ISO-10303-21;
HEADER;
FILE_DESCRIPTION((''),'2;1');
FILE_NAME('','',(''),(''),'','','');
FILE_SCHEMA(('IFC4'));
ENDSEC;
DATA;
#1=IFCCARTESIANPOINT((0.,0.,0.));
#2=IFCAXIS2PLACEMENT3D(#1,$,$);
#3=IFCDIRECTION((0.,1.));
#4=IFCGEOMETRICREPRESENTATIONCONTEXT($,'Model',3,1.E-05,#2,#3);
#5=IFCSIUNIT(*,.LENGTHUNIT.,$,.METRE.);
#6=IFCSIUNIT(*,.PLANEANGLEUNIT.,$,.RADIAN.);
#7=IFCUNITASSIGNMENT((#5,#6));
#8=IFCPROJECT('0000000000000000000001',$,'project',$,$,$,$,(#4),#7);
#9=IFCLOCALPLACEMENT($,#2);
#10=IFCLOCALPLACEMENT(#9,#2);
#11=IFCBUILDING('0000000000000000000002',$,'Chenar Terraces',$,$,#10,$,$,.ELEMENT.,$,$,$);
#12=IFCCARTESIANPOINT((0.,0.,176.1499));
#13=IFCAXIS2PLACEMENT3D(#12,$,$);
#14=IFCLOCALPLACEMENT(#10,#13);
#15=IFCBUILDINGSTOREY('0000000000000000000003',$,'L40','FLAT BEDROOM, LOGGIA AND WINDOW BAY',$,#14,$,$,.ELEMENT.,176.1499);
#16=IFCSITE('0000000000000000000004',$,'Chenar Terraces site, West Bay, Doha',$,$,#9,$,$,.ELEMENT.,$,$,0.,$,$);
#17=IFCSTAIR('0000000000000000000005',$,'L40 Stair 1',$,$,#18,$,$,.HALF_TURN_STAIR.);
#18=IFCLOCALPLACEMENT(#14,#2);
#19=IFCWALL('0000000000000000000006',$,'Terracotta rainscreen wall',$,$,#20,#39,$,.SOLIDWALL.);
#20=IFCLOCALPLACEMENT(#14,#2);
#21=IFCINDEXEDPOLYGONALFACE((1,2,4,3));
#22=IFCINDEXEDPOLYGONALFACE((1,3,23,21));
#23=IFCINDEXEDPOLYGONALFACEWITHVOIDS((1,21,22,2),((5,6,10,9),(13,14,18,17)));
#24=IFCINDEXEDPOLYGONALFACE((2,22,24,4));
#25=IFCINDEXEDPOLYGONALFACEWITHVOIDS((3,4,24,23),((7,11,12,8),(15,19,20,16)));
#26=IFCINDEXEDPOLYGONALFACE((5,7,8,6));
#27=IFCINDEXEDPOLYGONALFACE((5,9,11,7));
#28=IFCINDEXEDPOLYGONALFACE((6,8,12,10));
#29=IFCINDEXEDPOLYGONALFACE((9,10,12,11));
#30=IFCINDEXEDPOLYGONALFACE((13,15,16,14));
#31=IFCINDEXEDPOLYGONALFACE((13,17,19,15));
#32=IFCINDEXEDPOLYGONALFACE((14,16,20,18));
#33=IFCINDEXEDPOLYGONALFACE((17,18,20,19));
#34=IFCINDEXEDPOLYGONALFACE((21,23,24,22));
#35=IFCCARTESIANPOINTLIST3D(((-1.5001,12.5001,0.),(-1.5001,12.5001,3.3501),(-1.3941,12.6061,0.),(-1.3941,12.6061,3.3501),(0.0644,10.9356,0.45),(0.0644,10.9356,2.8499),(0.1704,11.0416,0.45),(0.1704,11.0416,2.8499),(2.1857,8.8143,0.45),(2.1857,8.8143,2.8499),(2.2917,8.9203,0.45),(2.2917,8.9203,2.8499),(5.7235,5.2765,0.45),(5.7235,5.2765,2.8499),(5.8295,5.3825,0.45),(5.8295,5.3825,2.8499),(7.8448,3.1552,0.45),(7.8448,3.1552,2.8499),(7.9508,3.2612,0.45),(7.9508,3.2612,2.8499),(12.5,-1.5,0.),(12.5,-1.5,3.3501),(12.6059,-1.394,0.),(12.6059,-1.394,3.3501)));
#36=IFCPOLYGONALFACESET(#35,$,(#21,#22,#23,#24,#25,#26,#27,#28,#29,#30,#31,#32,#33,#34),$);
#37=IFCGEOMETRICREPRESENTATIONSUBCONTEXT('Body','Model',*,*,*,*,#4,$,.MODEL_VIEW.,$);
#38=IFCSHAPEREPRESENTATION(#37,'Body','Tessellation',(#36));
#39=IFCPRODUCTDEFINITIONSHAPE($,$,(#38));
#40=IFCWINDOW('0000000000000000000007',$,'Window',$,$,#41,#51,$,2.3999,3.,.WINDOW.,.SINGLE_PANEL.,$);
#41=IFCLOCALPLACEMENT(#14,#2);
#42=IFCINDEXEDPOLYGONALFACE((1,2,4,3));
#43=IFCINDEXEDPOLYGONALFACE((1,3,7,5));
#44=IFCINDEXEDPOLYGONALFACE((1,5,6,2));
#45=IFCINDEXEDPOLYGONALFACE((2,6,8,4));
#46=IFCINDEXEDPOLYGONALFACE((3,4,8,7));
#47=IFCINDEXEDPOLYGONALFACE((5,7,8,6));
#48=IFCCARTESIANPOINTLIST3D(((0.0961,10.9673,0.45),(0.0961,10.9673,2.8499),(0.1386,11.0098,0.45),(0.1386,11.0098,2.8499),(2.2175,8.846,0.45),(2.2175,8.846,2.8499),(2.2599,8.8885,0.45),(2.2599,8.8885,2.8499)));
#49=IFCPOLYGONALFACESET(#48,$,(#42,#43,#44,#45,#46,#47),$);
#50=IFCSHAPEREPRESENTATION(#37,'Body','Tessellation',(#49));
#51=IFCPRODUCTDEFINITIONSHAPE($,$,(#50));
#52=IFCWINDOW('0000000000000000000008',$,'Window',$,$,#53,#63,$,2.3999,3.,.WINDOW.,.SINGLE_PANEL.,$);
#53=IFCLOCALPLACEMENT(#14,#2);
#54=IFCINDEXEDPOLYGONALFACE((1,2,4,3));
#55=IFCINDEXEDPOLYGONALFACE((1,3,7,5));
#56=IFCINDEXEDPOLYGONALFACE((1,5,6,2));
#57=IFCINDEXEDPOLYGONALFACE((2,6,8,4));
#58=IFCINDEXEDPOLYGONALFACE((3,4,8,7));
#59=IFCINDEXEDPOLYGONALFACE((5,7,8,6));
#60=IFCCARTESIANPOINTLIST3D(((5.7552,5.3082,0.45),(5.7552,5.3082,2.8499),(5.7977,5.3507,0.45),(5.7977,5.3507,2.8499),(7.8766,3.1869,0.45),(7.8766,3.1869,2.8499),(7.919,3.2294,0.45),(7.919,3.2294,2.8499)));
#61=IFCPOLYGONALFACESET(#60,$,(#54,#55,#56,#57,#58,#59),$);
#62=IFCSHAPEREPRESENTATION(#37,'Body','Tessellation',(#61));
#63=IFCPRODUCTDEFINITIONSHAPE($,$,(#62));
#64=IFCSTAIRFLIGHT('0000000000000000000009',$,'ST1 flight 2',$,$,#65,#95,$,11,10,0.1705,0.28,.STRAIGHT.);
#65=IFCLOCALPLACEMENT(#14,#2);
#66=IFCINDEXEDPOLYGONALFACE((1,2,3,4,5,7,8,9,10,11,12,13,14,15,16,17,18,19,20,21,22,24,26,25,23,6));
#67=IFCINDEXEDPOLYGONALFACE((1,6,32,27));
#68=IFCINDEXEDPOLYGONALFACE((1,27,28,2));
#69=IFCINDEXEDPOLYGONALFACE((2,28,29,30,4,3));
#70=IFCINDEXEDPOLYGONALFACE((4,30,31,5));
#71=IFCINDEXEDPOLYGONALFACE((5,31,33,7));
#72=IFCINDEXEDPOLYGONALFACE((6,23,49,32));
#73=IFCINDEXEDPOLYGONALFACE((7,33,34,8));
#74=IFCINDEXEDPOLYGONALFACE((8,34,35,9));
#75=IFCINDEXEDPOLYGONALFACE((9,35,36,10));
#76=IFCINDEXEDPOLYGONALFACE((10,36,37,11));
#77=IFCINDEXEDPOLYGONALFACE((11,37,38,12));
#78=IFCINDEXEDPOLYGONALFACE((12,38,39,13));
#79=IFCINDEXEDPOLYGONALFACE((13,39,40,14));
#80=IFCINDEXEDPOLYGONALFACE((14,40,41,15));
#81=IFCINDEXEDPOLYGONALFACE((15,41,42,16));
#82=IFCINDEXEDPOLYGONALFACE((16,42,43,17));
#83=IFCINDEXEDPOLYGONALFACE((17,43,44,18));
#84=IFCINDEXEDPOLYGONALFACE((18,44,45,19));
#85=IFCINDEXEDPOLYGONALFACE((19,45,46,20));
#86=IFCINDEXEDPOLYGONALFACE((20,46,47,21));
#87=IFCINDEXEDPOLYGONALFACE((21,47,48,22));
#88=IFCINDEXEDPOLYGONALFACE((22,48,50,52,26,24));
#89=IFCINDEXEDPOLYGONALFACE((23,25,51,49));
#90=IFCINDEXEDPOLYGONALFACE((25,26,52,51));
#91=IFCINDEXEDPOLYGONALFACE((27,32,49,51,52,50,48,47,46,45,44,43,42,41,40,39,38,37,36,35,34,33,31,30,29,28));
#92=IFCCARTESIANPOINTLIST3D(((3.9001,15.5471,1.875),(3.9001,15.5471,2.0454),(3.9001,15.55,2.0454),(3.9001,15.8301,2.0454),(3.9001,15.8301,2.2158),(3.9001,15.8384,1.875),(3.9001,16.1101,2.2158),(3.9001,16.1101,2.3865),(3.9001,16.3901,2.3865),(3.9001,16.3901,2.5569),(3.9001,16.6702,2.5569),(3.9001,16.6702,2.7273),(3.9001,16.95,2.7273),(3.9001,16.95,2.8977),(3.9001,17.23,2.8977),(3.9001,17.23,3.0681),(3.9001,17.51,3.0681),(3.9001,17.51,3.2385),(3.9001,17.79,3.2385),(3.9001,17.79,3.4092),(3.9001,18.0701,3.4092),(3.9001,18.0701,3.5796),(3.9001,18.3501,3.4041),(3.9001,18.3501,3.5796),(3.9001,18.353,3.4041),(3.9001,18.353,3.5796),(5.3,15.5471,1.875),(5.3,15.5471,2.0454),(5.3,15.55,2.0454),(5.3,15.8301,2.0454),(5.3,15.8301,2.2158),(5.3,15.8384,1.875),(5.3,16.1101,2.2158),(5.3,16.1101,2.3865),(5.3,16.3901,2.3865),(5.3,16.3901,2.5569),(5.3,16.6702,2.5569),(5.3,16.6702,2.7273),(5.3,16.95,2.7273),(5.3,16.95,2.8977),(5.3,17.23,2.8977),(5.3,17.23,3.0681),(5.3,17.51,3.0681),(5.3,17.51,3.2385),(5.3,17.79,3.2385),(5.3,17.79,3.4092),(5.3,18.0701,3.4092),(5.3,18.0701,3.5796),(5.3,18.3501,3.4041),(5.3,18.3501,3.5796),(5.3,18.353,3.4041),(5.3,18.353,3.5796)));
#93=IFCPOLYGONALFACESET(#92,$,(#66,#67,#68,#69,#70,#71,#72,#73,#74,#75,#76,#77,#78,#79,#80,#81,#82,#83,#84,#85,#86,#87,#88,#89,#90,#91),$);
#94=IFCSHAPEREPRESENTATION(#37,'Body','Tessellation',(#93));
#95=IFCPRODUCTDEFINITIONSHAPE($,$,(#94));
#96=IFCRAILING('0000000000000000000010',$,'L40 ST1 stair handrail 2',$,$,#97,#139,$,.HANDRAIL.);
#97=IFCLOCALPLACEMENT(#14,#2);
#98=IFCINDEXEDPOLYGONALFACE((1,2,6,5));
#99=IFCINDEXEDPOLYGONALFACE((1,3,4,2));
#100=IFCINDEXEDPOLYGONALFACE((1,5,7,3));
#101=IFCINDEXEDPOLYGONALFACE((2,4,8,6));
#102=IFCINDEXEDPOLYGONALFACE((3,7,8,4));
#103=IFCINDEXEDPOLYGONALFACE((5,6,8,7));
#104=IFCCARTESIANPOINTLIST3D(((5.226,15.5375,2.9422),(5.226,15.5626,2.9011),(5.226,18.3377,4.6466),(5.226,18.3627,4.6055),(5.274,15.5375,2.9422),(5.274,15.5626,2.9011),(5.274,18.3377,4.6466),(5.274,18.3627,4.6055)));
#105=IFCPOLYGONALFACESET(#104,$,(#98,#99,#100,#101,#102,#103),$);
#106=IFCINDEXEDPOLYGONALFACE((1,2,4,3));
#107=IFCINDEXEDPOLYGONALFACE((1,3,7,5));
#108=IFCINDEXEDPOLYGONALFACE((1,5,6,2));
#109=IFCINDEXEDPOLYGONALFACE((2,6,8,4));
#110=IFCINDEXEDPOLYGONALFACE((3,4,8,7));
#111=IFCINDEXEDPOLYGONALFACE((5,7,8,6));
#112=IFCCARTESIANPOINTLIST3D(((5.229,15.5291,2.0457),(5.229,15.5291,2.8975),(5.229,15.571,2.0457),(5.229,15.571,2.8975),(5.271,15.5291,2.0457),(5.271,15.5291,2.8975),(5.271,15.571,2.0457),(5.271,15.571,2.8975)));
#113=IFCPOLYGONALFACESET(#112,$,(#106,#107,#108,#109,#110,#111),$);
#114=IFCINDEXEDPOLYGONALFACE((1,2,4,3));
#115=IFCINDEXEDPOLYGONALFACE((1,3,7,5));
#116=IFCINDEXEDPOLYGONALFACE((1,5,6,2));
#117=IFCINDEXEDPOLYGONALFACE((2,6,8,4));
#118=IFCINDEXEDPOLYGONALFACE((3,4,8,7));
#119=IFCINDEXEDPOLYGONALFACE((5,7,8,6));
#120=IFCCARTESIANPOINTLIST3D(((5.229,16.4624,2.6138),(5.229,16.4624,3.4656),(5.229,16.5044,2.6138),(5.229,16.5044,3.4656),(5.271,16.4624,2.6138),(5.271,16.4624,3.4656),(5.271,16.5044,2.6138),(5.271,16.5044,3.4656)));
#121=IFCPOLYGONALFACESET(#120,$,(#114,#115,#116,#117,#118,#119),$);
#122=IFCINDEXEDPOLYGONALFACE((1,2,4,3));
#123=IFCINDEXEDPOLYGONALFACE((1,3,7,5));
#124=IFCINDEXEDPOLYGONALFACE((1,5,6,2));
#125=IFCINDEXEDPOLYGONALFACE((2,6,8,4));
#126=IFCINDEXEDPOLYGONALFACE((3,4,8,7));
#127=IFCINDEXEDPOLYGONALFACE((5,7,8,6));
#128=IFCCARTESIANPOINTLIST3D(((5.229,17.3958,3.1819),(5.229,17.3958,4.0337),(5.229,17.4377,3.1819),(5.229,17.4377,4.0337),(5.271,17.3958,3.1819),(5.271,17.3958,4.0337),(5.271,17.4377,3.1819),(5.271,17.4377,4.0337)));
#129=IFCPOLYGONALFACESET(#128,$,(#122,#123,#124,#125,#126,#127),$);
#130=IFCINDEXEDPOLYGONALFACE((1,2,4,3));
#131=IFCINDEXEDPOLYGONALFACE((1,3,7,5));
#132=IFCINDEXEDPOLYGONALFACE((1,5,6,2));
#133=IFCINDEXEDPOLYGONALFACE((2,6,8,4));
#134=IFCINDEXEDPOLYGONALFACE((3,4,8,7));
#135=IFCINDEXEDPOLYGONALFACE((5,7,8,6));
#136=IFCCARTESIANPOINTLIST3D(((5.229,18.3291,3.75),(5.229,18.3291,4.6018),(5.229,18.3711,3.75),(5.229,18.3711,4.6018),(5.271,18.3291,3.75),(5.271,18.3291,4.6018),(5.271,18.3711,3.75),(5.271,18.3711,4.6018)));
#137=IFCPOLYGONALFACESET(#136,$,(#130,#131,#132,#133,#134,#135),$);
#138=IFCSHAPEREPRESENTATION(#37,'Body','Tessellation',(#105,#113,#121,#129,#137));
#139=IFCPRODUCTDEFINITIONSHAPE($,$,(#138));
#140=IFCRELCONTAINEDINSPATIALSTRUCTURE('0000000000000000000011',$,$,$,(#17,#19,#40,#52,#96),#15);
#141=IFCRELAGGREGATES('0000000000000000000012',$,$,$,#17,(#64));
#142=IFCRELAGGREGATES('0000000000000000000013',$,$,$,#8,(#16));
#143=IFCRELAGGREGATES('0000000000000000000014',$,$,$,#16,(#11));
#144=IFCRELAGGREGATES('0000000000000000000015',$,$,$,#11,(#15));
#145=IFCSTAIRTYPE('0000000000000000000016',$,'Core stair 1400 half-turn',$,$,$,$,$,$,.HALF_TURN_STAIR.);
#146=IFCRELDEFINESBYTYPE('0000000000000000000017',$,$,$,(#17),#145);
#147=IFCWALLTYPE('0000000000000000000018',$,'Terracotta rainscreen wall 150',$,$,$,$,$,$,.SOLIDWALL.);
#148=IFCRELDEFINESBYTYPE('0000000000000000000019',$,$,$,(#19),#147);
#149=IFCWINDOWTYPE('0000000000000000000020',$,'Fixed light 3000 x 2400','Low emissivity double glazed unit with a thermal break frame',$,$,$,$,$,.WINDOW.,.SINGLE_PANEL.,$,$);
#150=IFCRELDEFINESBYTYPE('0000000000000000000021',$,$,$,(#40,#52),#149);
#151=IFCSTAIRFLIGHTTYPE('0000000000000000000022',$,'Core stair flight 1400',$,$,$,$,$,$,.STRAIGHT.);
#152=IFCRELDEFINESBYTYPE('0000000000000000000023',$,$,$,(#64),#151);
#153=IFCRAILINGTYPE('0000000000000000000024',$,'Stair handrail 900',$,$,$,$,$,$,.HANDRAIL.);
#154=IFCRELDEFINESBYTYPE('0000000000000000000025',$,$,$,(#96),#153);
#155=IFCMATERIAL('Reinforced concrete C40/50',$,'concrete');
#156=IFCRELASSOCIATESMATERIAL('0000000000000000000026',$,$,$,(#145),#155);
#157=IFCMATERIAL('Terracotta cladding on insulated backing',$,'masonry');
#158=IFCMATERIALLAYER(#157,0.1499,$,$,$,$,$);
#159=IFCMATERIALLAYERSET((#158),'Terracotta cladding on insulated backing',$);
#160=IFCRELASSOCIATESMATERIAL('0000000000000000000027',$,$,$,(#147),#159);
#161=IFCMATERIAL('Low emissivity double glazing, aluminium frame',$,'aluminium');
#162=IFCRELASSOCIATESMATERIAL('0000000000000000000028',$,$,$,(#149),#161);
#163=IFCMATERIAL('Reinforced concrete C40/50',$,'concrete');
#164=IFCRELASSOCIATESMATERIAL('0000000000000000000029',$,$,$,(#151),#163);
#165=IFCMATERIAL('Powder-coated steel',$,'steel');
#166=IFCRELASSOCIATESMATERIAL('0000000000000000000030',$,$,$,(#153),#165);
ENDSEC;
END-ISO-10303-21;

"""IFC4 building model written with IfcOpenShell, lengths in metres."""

from ifc_helpers import new_model, si_unit, direction, frame, frame_2d, origin, origin_2d, place, context, subcontext, project, spatial, polyline, rectangle, outline, extrude, material, layer, layer_set, type_object, element, fill, aggregate, save


model = new_model("IFC4")

# Units and contexts
model_context = context("Model", 3, precision=1e-05, world=origin(), true_north=direction((0.0, 1.0)))
body_context = subcontext(model_context, "Body", "Model", "MODEL_VIEW")
ifc_project = project(units=[si_unit("LENGTHUNIT", "METRE"), si_unit("PLANEANGLEUNIT", "RADIAN")], contexts=[model_context])

# Site, building, storey
site_placement = place(None, origin())
site = spatial("IfcSite", under=ifc_project, at=site_placement, Name="Chenar Terraces site, West Bay, Doha", CompositionType="ELEMENT", RefElevation=0.0)
building_placement = place(site_placement, origin())
building = spatial("IfcBuilding", under=site, at=building_placement, Name="Chenar Terraces", CompositionType="ELEMENT")
storey_placement = place(building_placement, frame((0.0, 0.0, 176.1499)))
storey = spatial("IfcBuildingStorey", under=building, at=storey_placement, Name="L40", Description="FLAT BEDROOM, LOGGIA AND WINDOW BAY", CompositionType="ELEMENT", Elevation=176.1499)

# Stair
ifc_material_1 = material(Name="Reinforced concrete C40/50", Category="concrete")
stair_type = type_object("IfcStairType", Name="Core stair 1400 half-turn", PredefinedType="HALF_TURN_STAIR", material=ifc_material_1)
placement_1 = place(storey_placement, origin())
stair_1 = element("IfcStair", 1, at=placement_1, inside=storey, type_object=stair_type, Name="L40 Stair 1", PredefinedType="HALF_TURN_STAIR")

# Wall, openings, windows
ifc_material_2 = material(Name="Terracotta cladding on insulated backing", Category="masonry")
ifc_layer_1 = layer(ifc_material_2, 0.1499)
ifc_layer_set_1 = layer_set([ifc_layer_1], Name="Terracotta cladding on insulated backing")
wall_type_1 = type_object("IfcWallType", Name="Terracotta rainscreen wall 150", PredefinedType="SOLIDWALL", material=ifc_layer_set_1)
wall_1_placement = place(storey_placement, frame((-1.447, 12.553, 0.0), z_axis=(0.0, 0.0, 1.0), x_axis=(0.707107, -0.707107, 0.0)))
wall_1 = element("IfcWall", 2, at=wall_1_placement, inside=storey, type_object=wall_type_1, Name="Terracotta rainscreen wall", PredefinedType="SOLIDWALL", context=body_context, shape_type="SweptSolid", body=[
    extrude(rectangle(XDim=19.7991, YDim=0.1499, at=frame_2d((9.8994, 0.0))), origin(), (0.0, 0.0, 1.0), 3.3501),
])
opening_1_placement = place(wall_1_placement, frame((2.2124, 0.0, 0.45)))
opening_1 = element("IfcOpeningElement", 3, at=opening_1_placement, cuts=wall_1, PredefinedType="OPENING", context=body_context, shape_type="SweptSolid", body=[
    extrude(rectangle(XDim=3.0, YDim=2.3999, at=frame_2d((1.5, 1.2))), frame((0.0, 0.085, 0.0), z_axis=(0.0, -1.0, 0.0), x_axis=(1.0, 0.0, 0.0)), (0.0, 0.0, 1.0), 0.1699),
])
opening_2_placement = place(wall_1_placement, frame((10.2156, 0.0, 0.45)))
opening_2 = element("IfcOpeningElement", 4, at=opening_2_placement, cuts=wall_1, PredefinedType="OPENING", context=body_context, shape_type="SweptSolid", body=[
    extrude(rectangle(XDim=3.0, YDim=2.3999, at=frame_2d((1.5, 1.2))), frame((0.0, 0.085, 0.0), z_axis=(0.0, -1.0, 0.0), x_axis=(1.0, 0.0, 0.0)), (0.0, 0.0, 1.0), 0.1699),
])
ifc_material_3 = material(Name="Low emissivity double glazing, aluminium frame", Category="aluminium")
window_type = type_object("IfcWindowType", Name="Fixed light 3000 x 2400", Description="Low emissivity double glazed unit with a thermal break frame", PartitioningType="SINGLE_PANEL", PredefinedType="WINDOW", material=ifc_material_3)
window_1_placement = place(opening_1_placement, origin())
window_1 = element("IfcWindow", 5, at=window_1_placement, inside=storey, type_object=window_type, Name="Window", OverallHeight=2.3999, OverallWidth=3.0, PartitioningType="SINGLE_PANEL", PredefinedType="WINDOW", context=body_context, shape_type="SweptSolid", body=[
    extrude(rectangle(XDim=3.0, YDim=2.3999, at=frame_2d((1.5, 1.2))), frame((0.0, 0.03, 0.0), z_axis=(0.0, -1.0, 0.0), x_axis=(1.0, 0.0, 0.0)), (0.0, 0.0, 1.0), 0.0601),
])
fill(opening_1, window_1)
window_2_placement = place(opening_2_placement, origin())
window_2 = element("IfcWindow", 6, at=window_2_placement, inside=storey, type_object=window_type, Name="Window", OverallHeight=2.3999, OverallWidth=3.0, PartitioningType="SINGLE_PANEL", PredefinedType="WINDOW", context=body_context, shape_type="SweptSolid", body=[
    extrude(rectangle(XDim=3.0, YDim=2.3999, at=frame_2d((1.5, 1.2))), frame((0.0, 0.03, 0.0), z_axis=(0.0, -1.0, 0.0), x_axis=(1.0, 0.0, 0.0)), (0.0, 0.0, 1.0), 0.0601),
])
fill(opening_2, window_2)

# Stair flight
ifc_material_4 = material(Name="Reinforced concrete C40/50", Category="concrete")
stair_flight_type = type_object("IfcStairFlightType", Name="Core stair flight 1400", PredefinedType="STRAIGHT", material=ifc_material_4)
stair_flight_placement = place(storey_placement, frame((4.6001, 15.55, 1.875), z_axis=(0.0, 0.0, 1.0), x_axis=(0.0, 1.0, 0.0)))
stair_flight = element("IfcStairFlight", 7, at=stair_flight_placement, type_object=stair_flight_type, Name="ST1 flight 2", NumberOfRisers=11, NumberOfTreads=10, PredefinedType="STRAIGHT", RiserHeight=0.1705, TreadLength=0.28, context=body_context, shape_type="SweptSolid", body=[
    extrude(outline(polyline([(-0.0029, 0.0), (-0.0029, 0.1704), (0.0, 0.1704), (0.28, 0.1704), (0.28, 0.3408), (0.5601, 0.3408), (0.5601, 0.5115), (0.8401, 0.5115), (0.8401, 0.6819), (1.1201, 0.6819), (1.1201, 0.8523), (1.3999, 0.8523), (1.3999, 1.0227), (1.6799, 1.0227), (1.6799, 1.1931), (1.96, 1.1931), (1.96, 1.3635), (2.24, 1.3635), (2.24, 1.5342), (2.52, 1.5342), (2.52, 1.7046), (2.8, 1.7046), (2.803, 1.7046), (2.803, 1.5291), (2.8, 1.5291), (0.2883, 0.0), (-0.0029, 0.0)])), frame((0.0, 0.7, 0.0), z_axis=(0.0, -1.0, 0.0), x_axis=(1.0, 0.0, 0.0)), (0.0, 0.0, 1.0), 1.3999),
])
aggregate(stair_1, [stair_flight])

# Railing
ifc_material_5 = material(Name="Powder-coated steel", Category="steel")
railing_type = type_object("IfcRailingType", Name="Stair handrail 900", PredefinedType="HANDRAIL", material=ifc_material_5)
railing_placement = place(storey_placement, frame((5.25, 15.55, 2.0457)))
element("IfcRailing", 8, at=railing_placement, inside=storey, type_object=railing_type, Name="L40 ST1 stair handrail 2", PredefinedType="HANDRAIL", context=body_context, shape_type="SweptSolid", body=[
    extrude(rectangle(XDim=0.0481, YDim=0.0481, at=origin_2d()), frame((0.0, 0.0, 0.876), z_axis=(0.0, 0.854203, 0.51994), x_axis=(-1.0, 0.0, 0.0)), (0.0, 0.0, 1.0), 3.2781),
    extrude(rectangle(XDim=0.042, YDim=0.042, at=origin_2d()), origin(), (0.0, 0.0, 1.0), 0.8518),
    extrude(rectangle(XDim=0.042, YDim=0.042, at=origin_2d()), frame((0.0, 0.9333, 0.5681)), (0.0, 0.0, 1.0), 0.8518),
    extrude(rectangle(XDim=0.042, YDim=0.042, at=origin_2d()), frame((0.0, 1.8667, 1.1362)), (0.0, 0.0, 1.0), 0.8518),
    extrude(rectangle(XDim=0.042, YDim=0.042, at=origin_2d()), frame((0.0, 2.8, 1.7043)), (0.0, 0.0, 1.0), 0.8518),
])

save(model, "model.ifc")
